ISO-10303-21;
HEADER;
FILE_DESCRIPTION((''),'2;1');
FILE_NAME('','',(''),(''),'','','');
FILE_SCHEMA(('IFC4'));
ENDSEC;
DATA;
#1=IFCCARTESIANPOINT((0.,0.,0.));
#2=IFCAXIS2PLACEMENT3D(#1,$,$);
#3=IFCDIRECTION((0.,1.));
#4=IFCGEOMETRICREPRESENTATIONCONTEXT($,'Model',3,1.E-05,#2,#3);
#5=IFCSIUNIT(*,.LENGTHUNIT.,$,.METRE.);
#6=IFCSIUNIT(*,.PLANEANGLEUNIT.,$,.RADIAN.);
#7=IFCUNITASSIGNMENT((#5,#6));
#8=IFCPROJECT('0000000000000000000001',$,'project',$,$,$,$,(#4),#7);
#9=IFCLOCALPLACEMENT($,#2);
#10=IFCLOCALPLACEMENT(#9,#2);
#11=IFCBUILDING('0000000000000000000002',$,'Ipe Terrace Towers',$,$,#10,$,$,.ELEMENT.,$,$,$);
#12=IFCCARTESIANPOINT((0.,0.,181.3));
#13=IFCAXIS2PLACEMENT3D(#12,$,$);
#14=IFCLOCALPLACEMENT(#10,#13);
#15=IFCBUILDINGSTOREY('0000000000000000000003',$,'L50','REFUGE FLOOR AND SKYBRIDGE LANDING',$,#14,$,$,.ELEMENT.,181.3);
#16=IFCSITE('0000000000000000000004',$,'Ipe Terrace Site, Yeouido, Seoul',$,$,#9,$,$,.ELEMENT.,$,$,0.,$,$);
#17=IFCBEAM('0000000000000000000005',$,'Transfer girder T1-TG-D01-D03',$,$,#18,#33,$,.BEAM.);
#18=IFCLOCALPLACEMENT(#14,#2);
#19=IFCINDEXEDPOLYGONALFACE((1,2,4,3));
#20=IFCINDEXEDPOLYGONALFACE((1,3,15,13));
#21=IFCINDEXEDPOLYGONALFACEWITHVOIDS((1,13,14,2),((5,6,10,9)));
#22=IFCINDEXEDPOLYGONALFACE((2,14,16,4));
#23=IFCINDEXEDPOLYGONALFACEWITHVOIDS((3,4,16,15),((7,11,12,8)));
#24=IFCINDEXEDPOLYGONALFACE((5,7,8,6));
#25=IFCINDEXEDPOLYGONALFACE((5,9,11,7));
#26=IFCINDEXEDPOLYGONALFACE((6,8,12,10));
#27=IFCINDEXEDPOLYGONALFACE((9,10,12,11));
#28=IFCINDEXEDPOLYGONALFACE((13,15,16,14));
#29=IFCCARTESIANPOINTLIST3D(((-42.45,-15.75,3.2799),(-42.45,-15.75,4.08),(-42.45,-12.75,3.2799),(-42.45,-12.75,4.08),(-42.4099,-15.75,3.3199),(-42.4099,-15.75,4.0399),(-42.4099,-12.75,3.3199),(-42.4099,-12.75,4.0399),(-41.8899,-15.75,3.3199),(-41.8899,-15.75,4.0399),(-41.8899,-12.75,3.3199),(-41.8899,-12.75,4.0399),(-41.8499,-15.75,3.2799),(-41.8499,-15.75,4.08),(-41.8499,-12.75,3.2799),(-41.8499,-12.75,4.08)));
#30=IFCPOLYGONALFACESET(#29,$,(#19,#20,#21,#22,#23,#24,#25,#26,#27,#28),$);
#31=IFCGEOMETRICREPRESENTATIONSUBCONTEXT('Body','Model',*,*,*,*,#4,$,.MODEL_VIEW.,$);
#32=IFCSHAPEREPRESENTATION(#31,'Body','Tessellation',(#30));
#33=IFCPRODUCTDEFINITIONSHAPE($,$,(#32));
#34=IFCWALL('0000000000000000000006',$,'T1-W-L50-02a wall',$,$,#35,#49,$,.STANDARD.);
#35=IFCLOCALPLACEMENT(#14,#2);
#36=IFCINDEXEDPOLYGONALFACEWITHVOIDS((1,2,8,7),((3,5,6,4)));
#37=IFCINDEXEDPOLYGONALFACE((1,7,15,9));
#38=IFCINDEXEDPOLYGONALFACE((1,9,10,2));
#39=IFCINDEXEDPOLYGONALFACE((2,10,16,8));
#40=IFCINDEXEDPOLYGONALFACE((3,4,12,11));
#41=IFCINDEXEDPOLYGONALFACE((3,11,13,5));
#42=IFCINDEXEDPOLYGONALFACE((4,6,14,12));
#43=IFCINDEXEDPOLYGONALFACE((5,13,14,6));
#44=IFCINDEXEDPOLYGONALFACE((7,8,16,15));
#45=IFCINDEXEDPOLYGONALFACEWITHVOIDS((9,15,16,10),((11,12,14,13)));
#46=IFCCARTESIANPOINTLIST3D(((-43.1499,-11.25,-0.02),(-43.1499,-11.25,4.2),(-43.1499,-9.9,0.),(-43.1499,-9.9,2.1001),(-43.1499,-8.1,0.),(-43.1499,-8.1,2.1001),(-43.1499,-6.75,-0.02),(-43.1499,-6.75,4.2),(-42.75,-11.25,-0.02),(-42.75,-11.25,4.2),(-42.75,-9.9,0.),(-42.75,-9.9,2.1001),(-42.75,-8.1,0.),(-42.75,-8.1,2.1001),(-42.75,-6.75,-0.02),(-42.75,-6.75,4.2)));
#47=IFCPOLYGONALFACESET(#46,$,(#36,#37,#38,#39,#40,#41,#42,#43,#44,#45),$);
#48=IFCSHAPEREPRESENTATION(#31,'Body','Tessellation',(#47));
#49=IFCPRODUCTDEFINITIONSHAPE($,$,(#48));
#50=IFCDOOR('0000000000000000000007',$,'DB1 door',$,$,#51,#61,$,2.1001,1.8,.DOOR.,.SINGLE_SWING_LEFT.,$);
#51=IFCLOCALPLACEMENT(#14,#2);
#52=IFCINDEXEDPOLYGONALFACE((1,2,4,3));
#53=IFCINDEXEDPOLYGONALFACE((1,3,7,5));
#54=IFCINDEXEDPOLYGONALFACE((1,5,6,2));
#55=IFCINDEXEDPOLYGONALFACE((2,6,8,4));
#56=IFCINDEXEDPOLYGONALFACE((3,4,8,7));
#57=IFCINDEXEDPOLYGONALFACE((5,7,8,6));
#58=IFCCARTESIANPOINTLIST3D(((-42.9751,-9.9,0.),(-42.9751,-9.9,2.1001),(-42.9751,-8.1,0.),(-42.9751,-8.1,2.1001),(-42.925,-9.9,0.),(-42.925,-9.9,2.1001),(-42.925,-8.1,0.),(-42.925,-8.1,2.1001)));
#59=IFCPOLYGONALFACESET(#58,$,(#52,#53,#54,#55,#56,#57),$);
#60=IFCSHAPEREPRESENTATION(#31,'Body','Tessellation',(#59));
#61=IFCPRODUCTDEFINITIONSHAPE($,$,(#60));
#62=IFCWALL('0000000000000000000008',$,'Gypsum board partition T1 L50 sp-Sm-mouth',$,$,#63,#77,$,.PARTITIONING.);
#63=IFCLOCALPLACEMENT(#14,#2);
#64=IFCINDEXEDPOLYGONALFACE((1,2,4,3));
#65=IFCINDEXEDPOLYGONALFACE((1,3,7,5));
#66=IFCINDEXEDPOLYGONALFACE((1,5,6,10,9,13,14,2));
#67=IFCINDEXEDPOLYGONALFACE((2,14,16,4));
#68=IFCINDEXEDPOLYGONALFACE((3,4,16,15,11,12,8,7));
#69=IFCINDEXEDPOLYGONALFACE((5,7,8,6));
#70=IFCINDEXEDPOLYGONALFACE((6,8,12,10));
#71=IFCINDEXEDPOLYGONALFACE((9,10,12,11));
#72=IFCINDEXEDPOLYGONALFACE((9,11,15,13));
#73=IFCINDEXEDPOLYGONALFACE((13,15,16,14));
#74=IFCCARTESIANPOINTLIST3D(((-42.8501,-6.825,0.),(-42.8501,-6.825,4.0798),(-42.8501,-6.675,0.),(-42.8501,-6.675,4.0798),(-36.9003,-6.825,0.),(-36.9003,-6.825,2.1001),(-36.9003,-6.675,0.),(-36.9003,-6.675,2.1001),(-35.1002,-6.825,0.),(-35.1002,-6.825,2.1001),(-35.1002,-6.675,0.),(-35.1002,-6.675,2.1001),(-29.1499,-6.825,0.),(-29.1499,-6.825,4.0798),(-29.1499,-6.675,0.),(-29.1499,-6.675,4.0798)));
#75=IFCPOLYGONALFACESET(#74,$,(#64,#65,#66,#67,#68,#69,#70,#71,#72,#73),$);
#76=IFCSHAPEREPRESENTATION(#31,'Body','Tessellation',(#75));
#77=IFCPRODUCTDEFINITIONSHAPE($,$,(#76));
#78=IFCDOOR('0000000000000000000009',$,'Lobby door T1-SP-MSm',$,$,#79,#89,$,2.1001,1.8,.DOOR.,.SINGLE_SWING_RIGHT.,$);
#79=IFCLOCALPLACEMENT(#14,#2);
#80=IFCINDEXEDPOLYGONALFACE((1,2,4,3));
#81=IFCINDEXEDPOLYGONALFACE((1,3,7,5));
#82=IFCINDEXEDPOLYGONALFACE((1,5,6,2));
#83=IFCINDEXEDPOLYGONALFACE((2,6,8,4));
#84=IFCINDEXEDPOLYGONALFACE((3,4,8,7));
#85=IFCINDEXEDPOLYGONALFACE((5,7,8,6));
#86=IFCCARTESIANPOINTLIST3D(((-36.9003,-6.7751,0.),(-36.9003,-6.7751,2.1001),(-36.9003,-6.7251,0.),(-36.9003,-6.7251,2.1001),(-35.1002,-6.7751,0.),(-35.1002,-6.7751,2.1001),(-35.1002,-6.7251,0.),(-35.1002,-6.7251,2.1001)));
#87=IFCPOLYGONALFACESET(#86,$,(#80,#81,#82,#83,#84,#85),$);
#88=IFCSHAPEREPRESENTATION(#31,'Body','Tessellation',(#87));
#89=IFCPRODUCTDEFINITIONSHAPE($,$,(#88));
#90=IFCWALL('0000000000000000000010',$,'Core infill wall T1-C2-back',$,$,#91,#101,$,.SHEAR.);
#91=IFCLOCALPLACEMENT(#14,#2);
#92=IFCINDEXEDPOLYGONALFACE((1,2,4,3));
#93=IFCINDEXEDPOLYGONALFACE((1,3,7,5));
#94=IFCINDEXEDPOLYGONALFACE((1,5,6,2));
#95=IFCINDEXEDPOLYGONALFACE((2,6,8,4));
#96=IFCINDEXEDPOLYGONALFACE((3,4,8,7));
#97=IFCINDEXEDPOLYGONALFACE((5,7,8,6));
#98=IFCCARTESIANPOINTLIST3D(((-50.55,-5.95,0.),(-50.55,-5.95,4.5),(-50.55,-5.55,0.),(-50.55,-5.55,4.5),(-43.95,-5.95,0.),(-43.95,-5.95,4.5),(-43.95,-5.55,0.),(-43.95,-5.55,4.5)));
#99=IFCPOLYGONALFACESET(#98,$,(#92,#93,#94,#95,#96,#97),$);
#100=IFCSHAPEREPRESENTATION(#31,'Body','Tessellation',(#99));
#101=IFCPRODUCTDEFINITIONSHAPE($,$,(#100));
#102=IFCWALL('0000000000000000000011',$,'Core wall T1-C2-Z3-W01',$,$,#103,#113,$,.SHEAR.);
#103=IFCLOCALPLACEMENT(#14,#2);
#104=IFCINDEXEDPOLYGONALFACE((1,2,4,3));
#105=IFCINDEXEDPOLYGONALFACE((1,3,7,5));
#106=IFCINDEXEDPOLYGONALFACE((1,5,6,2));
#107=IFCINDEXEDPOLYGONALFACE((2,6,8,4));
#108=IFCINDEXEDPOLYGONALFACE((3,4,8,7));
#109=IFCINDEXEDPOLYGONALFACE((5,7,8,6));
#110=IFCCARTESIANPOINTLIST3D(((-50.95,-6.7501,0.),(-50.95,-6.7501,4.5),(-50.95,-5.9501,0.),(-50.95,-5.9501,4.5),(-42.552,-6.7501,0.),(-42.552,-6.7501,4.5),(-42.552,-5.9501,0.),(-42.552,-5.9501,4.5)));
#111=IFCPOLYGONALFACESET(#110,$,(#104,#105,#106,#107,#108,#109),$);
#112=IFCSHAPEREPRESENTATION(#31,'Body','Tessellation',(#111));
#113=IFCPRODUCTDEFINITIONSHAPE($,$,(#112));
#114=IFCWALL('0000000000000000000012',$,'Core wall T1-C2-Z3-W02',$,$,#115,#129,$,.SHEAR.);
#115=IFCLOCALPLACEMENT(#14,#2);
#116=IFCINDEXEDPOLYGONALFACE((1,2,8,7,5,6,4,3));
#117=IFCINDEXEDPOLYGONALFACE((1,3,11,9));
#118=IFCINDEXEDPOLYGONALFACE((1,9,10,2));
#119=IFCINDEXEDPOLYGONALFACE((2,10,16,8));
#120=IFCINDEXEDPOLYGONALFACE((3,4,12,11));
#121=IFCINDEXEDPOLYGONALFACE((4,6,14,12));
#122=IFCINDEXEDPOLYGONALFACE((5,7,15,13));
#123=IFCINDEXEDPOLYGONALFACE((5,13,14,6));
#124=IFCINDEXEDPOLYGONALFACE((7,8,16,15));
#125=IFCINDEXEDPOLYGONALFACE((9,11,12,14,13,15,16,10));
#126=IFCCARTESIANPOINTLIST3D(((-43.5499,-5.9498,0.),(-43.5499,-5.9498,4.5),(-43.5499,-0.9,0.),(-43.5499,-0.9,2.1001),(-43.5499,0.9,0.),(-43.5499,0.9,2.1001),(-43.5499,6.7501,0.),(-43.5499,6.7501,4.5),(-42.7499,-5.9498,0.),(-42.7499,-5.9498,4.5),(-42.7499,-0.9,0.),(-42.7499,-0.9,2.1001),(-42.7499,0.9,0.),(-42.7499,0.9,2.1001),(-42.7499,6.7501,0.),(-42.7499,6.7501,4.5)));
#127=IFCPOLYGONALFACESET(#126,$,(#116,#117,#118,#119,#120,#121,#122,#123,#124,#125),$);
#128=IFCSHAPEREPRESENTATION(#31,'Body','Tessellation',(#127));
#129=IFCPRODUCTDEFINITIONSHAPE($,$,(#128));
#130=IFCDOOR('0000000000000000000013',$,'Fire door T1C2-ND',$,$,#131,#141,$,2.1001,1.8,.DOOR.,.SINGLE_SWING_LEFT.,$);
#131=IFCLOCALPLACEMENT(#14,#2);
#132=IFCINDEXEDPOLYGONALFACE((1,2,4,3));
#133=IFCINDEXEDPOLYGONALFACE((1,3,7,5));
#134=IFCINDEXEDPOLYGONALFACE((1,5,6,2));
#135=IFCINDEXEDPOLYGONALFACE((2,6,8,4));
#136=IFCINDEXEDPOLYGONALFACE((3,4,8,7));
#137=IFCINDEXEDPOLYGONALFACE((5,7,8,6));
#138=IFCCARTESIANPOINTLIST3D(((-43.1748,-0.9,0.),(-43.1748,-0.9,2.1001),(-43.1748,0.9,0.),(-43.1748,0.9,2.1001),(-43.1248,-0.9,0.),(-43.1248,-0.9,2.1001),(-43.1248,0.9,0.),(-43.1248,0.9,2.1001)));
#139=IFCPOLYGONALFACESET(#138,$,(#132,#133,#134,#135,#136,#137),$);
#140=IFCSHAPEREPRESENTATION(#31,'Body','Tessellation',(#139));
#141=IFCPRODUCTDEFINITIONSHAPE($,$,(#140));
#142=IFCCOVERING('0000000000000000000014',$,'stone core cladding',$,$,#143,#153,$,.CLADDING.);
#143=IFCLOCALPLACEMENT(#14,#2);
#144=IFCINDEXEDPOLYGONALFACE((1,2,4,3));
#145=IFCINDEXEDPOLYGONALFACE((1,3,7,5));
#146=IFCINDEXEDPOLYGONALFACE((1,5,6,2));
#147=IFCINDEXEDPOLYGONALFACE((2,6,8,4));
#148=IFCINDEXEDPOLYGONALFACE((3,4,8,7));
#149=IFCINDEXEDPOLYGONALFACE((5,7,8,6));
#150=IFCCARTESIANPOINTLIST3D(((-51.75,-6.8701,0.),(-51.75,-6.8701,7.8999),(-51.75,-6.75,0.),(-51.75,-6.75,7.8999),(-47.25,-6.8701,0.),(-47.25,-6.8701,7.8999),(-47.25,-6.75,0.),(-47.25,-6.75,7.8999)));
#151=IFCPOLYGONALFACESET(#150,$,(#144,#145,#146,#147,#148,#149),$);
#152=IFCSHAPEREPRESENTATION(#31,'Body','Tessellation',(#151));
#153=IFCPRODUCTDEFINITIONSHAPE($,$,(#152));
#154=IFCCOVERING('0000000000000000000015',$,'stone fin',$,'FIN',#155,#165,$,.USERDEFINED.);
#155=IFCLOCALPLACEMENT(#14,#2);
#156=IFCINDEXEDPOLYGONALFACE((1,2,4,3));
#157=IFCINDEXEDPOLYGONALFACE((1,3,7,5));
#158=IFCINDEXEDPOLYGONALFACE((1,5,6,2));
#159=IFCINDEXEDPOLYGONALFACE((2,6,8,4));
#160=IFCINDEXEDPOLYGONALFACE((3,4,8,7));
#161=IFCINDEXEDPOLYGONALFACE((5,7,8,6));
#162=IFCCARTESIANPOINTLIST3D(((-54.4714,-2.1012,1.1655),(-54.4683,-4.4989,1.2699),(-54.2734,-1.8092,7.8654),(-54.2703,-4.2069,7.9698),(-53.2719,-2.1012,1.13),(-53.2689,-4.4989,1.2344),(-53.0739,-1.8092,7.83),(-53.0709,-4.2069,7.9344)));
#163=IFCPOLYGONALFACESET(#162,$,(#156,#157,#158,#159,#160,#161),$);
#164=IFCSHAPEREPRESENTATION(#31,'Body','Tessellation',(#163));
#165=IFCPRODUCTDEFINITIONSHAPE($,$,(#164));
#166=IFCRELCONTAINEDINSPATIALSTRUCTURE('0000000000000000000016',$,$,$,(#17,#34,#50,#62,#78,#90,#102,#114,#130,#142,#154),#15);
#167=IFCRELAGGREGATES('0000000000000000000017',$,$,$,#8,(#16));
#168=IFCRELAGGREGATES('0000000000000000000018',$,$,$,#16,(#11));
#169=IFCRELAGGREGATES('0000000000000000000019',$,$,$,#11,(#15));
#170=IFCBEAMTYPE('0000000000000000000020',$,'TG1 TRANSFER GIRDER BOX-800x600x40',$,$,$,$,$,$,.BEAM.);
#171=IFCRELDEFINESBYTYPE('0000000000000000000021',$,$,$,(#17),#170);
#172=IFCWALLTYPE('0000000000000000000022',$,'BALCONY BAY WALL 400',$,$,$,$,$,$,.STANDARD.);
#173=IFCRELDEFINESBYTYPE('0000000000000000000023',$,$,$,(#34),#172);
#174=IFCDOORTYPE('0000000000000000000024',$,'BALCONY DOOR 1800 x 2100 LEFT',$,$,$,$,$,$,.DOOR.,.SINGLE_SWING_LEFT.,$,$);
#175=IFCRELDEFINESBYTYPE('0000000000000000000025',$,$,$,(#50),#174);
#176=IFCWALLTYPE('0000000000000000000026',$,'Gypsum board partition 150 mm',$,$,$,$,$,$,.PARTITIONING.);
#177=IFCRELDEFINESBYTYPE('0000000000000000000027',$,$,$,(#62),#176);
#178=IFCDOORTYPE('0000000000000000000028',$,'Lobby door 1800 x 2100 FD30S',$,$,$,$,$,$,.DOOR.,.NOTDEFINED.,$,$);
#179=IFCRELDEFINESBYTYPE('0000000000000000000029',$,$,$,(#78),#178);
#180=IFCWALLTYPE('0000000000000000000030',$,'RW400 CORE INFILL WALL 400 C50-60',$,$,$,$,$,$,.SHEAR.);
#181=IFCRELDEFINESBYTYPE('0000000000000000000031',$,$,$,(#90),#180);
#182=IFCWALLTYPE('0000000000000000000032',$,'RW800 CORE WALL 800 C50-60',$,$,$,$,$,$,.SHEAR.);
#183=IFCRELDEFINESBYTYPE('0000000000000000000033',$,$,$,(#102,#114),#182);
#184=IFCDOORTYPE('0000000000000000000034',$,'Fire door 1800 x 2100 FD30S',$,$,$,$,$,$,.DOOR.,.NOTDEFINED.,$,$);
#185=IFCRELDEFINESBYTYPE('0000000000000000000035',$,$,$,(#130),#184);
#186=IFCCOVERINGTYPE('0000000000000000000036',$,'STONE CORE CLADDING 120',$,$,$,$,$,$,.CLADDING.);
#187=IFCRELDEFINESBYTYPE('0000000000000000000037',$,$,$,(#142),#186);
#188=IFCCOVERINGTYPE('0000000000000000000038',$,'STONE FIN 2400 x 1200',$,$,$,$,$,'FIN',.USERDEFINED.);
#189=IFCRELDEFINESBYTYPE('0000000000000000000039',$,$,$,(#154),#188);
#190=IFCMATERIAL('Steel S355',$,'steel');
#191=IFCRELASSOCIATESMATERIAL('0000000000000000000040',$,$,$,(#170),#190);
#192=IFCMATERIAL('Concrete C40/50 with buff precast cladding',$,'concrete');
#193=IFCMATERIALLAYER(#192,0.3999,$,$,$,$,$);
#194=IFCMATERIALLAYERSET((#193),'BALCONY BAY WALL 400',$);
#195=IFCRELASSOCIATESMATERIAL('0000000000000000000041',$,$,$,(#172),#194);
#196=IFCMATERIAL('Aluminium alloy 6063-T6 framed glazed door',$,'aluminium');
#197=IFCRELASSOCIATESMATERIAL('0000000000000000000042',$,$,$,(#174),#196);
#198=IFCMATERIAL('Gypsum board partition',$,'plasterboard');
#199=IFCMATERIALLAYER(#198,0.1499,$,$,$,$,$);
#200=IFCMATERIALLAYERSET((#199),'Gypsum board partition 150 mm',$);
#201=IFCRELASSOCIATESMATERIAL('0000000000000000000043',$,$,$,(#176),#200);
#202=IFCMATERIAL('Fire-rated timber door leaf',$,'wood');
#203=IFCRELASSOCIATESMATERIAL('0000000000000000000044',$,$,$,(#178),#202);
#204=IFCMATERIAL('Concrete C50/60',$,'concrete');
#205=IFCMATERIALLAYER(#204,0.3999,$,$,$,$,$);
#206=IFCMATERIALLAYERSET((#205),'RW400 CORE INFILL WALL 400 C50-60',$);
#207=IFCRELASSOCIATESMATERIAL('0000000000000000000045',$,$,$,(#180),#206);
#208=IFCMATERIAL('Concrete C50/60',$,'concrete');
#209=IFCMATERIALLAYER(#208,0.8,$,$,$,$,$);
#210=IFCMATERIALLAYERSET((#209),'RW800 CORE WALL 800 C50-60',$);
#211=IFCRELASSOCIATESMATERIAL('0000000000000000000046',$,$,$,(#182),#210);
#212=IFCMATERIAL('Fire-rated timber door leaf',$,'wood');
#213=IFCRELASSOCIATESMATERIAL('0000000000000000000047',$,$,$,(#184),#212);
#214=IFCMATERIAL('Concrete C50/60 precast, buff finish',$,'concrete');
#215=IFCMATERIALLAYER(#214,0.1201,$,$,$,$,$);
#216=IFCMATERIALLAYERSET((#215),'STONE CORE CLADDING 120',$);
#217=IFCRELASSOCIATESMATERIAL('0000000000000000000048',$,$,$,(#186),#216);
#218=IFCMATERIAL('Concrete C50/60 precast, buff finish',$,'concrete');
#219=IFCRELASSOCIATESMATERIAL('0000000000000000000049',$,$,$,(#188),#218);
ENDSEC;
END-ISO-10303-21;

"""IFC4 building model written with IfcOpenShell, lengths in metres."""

from ifc_helpers import new_model, si_unit, direction, frame, frame_2d, origin, origin_2d, place, context, subcontext, project, spatial, rectangle, hollow_rectangle, extrude, material, layer, layer_set, material_profile, profile_set, type_object, element, fill, save


model = new_model("IFC4")

# Units and contexts
model_context = context("Model", 3, precision=1e-05, world=origin(), true_north=direction((0.0, 1.0)))
body_context = subcontext(model_context, "Body", "Model", "MODEL_VIEW")
ifc_project = project(units=[si_unit("LENGTHUNIT", "METRE"), si_unit("PLANEANGLEUNIT", "RADIAN")], contexts=[model_context])

# Site, building, storey
site_placement = place(None, origin())
site = spatial("IfcSite", under=ifc_project, at=site_placement, Name="Ipe Terrace Site, Yeouido, Seoul", CompositionType="ELEMENT", RefElevation=0.0)
building_placement = place(site_placement, origin())
building = spatial("IfcBuilding", under=site, at=building_placement, Name="Ipe Terrace Towers", CompositionType="ELEMENT")
storey_placement = place(building_placement, frame((0.0, 0.0, 181.3)))
storey = spatial("IfcBuildingStorey", under=building, at=storey_placement, Name="L50", Description="REFUGE FLOOR AND SKYBRIDGE LANDING", CompositionType="ELEMENT", Elevation=181.3)

# Beam
ifc_material_1 = material(Name="Steel S355", Category="steel")
ifc_material_profile_1 = material_profile(ifc_material_1, hollow_rectangle(XDim=0.6001, YDim=0.8, WallThickness=0.04, at=origin_2d()), Name="BOX-800x600x40")
ifc_profile_set_1 = profile_set([ifc_material_profile_1], Name="Steel S355")
beam_type = type_object("IfcBeamType", Name="TG1 TRANSFER GIRDER BOX-800x600x40", PredefinedType="BEAM", material=ifc_profile_set_1)
beam_1_placement = place(storey_placement, frame((-42.1499, -12.75, 3.6799), z_axis=(0.0, -1.0, 0.0), x_axis=(1.0, 0.0, 0.0)))
element("IfcBeam", 1, at=beam_1_placement, inside=storey, type_object=beam_type, Name="Transfer girder T1-TG-D01-D03", PredefinedType="BEAM", context=body_context, shape_type="SweptSolid", body=[
    extrude(hollow_rectangle(XDim=0.6001, YDim=0.8, WallThickness=0.04, at=origin_2d()), origin(), (0.0, 0.0, 1.0), 3.0),
])

# Walls, openings, doors
ifc_material_2 = material(Name="Concrete C40/50 with buff precast cladding", Category="concrete")
ifc_layer_1 = layer(ifc_material_2, 0.3999)
ifc_layer_set_1 = layer_set([ifc_layer_1], Name="BALCONY BAY WALL 400")
wall_type_1 = type_object("IfcWallType", Name="BALCONY BAY WALL 400", PredefinedType="STANDARD", material=ifc_layer_set_1)
wall_1_placement = place(storey_placement, frame((-42.95, -6.75, -0.02), z_axis=(0.0, 0.0, 1.0), x_axis=(0.0, -1.0, 0.0)))
wall_1 = element("IfcWall", 2, at=wall_1_placement, inside=storey, type_object=wall_type_1, Name="T1-W-L50-02a wall", PredefinedType="STANDARD", context=body_context, shape_type="SweptSolid", body=[
    extrude(rectangle(XDim=4.5, YDim=0.3999, at=frame_2d((2.25, 0.0))), origin(), (0.0, 0.0, 1.0), 4.22),
])
opening_1_placement = place(wall_1_placement, frame((1.3501, 0.0, 0.02)))
opening_1 = element("IfcOpeningElement", 3, at=opening_1_placement, cuts=wall_1, PredefinedType="OPENING", context=body_context, shape_type="SweptSolid", body=[
    extrude(rectangle(XDim=1.8, YDim=2.1001, at=frame_2d((0.8999, 1.05))), frame((0.0, 0.21, 0.0), z_axis=(0.0, -1.0, 0.0), x_axis=(1.0, 0.0, 0.0)), (0.0, 0.0, 1.0), 0.4199),
])
ifc_material_3 = material(Name="Aluminium alloy 6063-T6 framed glazed door", Category="aluminium")
door_type_1 = type_object("IfcDoorType", Name="BALCONY DOOR 1800 x 2100 LEFT", OperationType="SINGLE_SWING_LEFT", PredefinedType="DOOR", material=ifc_material_3)
door_1_placement = place(opening_1_placement, origin())
door_1 = element("IfcDoor", 4, at=door_1_placement, inside=storey, type_object=door_type_1, Name="DB1 door", OperationType="SINGLE_SWING_LEFT", OverallHeight=2.1001, OverallWidth=1.8, PredefinedType="DOOR", context=body_context, shape_type="SweptSolid", body=[
    extrude(rectangle(XDim=1.8, YDim=2.1001, at=frame_2d((0.8999, 1.05))), frame((0.0, 0.0249, 0.0), z_axis=(0.0, -1.0, 0.0), x_axis=(1.0, 0.0, 0.0)), (0.0, 0.0, 1.0), 0.05),
])
fill(opening_1, door_1)
ifc_material_4 = material(Name="Gypsum board partition", Category="plasterboard")
ifc_layer_2 = layer(ifc_material_4, 0.1499)
ifc_layer_set_2 = layer_set([ifc_layer_2], Name="Gypsum board partition 150 mm")
wall_type_2 = type_object("IfcWallType", Name="Gypsum board partition 150 mm", PredefinedType="PARTITIONING", material=ifc_layer_set_2)
wall_2_placement = place(storey_placement, frame((-42.8501, -6.75, 0.0), z_axis=(0.0, 0.0, 1.0), x_axis=(1.0, 0.0, 0.0)))
wall_2 = element("IfcWall", 5, at=wall_2_placement, inside=storey, type_object=wall_type_2, Name="Gypsum board partition T1 L50 sp-Sm-mouth", PredefinedType="PARTITIONING", context=body_context, shape_type="SweptSolid", body=[
    extrude(rectangle(XDim=13.7002, YDim=0.1499, at=frame_2d((6.8501, 0.0))), origin(), (0.0, 0.0, 1.0), 4.0798),
])
opening_2_placement = place(wall_2_placement, frame((5.95, 0.0, 0.0)))
opening_2 = element("IfcOpeningElement", 6, at=opening_2_placement, cuts=wall_2, PredefinedType="OPENING", context=body_context, shape_type="SweptSolid", body=[
    extrude(rectangle(XDim=1.8, YDim=2.1001, at=frame_2d((0.8999, 1.05))), frame((0.0, 0.085, 0.0), z_axis=(0.0, -1.0, 0.0), x_axis=(1.0, 0.0, 0.0)), (0.0, 0.0, 1.0), 0.1699),
])
ifc_material_5 = material(Name="Fire-rated timber door leaf", Category="wood")
door_type_2 = type_object("IfcDoorType", Name="Lobby door 1800 x 2100 FD30S", OperationType="NOTDEFINED", PredefinedType="DOOR", material=ifc_material_5)
door_2_placement = place(opening_2_placement, origin())
door_2 = element("IfcDoor", 7, at=door_2_placement, inside=storey, type_object=door_type_2, Name="Lobby door T1-SP-MSm", OperationType="SINGLE_SWING_RIGHT", OverallHeight=2.1001, OverallWidth=1.8, PredefinedType="DOOR", context=body_context, shape_type="SweptSolid", body=[
    extrude(rectangle(XDim=1.8, YDim=2.1001, at=frame_2d((0.8999, 1.05))), frame((0.0, 0.0249, 0.0), z_axis=(0.0, -1.0, 0.0), x_axis=(1.0, 0.0, 0.0)), (0.0, 0.0, 1.0), 0.05),
])
fill(opening_2, door_2)

# Walls
ifc_material_6 = material(Name="Concrete C50/60", Category="concrete")
ifc_layer_3 = layer(ifc_material_6, 0.3999)
ifc_layer_set_3 = layer_set([ifc_layer_3], Name="RW400 CORE INFILL WALL 400 C50-60")
wall_type_3 = type_object("IfcWallType", Name="RW400 CORE INFILL WALL 400 C50-60", PredefinedType="SHEAR", material=ifc_layer_set_3)
wall_3_placement = place(storey_placement, frame((-43.95, -5.75, 0.0), z_axis=(0.0, 0.0, 1.0), x_axis=(-1.0, 0.0, 0.0)))
element("IfcWall", 8, at=wall_3_placement, inside=storey, type_object=wall_type_3, Name="Core infill wall T1-C2-back", PredefinedType="SHEAR", context=body_context, shape_type="SweptSolid", body=[
    extrude(rectangle(XDim=6.6001, YDim=0.3999, at=frame_2d((3.3, 0.0))), origin(), (0.0, 0.0, 1.0), 4.5),
])
ifc_material_7 = material(Name="Concrete C50/60", Category="concrete")
ifc_layer_4 = layer(ifc_material_7, 0.8)
ifc_layer_set_4 = layer_set([ifc_layer_4], Name="RW800 CORE WALL 800 C50-60")
wall_type_4 = type_object("IfcWallType", Name="RW800 CORE WALL 800 C50-60", PredefinedType="SHEAR", material=ifc_layer_set_4)
wall_4_placement = place(storey_placement, frame((-50.95, -6.3501, 0.0), z_axis=(0.0, 0.0, 1.0), x_axis=(1.0, 0.0, 0.0)))
element("IfcWall", 9, at=wall_4_placement, inside=storey, type_object=wall_type_4, Name="Core wall T1-C2-Z3-W01", PredefinedType="SHEAR", context=body_context, shape_type="SweptSolid", body=[
    extrude(rectangle(XDim=8.3979, YDim=0.8, at=frame_2d((4.199, 0.0))), origin(), (0.0, 0.0, 1.0), 4.5),
])

# Wall, opening, door
wall_5_placement = place(storey_placement, frame((-43.1499, -5.95, 0.0), z_axis=(0.0, 0.0, 1.0), x_axis=(0.0, 1.0, 0.0)))
wall_5 = element("IfcWall", 10, at=wall_5_placement, inside=storey, type_object=wall_type_4, Name="Core wall T1-C2-Z3-W02", PredefinedType="SHEAR", context=body_context, shape_type="SweptSolid", body=[
    extrude(rectangle(XDim=12.7, YDim=0.8, at=frame_2d((6.3501, 0.0))), origin(), (0.0, 0.0, 1.0), 4.5),
])
opening_3_placement = place(wall_5_placement, frame((5.05, 0.0, 0.0)))
opening_3 = element("IfcOpeningElement", 11, at=opening_3_placement, cuts=wall_5, PredefinedType="OPENING", context=body_context, shape_type="SweptSolid", body=[
    extrude(rectangle(XDim=1.8, YDim=2.1001, at=frame_2d((0.8999, 1.05))), frame((0.0, 0.4102, 0.0), z_axis=(0.0, -1.0, 0.0), x_axis=(1.0, 0.0, 0.0)), (0.0, 0.0, 1.0), 0.8201),
])
ifc_material_8 = material(Name="Fire-rated timber door leaf", Category="wood")
door_type_3 = type_object("IfcDoorType", Name="Fire door 1800 x 2100 FD30S", OperationType="NOTDEFINED", PredefinedType="DOOR", material=ifc_material_8)
door_3_placement = place(opening_3_placement, origin())
door_3 = element("IfcDoor", 12, at=door_3_placement, inside=storey, type_object=door_type_3, Name="Fire door T1C2-ND", OperationType="SINGLE_SWING_LEFT", OverallHeight=2.1001, OverallWidth=1.8, PredefinedType="DOOR", context=body_context, shape_type="SweptSolid", body=[
    extrude(rectangle(XDim=1.8, YDim=2.1001, at=frame_2d((0.8999, 1.05))), frame((0.0, 0.0249, 0.0), z_axis=(0.0, -1.0, 0.0), x_axis=(1.0, 0.0, 0.0)), (0.0, 0.0, 1.0), 0.05),
])
fill(opening_3, door_3)

# Coverings
ifc_material_9 = material(Name="Concrete C50/60 precast, buff finish", Category="concrete")
ifc_layer_5 = layer(ifc_material_9, 0.1201)
ifc_layer_set_5 = layer_set([ifc_layer_5], Name="STONE CORE CLADDING 120")
covering_type_1 = type_object("IfcCoveringType", Name="STONE CORE CLADDING 120", PredefinedType="CLADDING", material=ifc_layer_set_5)
covering_1_placement = place(storey_placement, frame((-49.5, -6.8101, 0.0), z_axis=(0.0, 0.0, 1.0), x_axis=(1.0, 0.0, 0.0)))
element("IfcCovering", 13, at=covering_1_placement, inside=storey, type_object=covering_type_1, Name="stone core cladding", PredefinedType="CLADDING", context=body_context, shape_type="SweptSolid", body=[
    extrude(rectangle(XDim=4.5, YDim=0.1201, at=origin_2d()), origin(), (0.0, 0.0, 1.0), 7.8999),
])
ifc_material_10 = material(Name="Concrete C50/60 precast, buff finish", Category="concrete")
ifc_material_profile_2 = material_profile(ifc_material_10, rectangle(XDim=2.3999, YDim=1.2, at=origin_2d()), Name="STONE FIN 2400 x 1200")
ifc_profile_set_2 = profile_set([ifc_material_profile_2], Name="Concrete C50/60 precast, buff finish")
covering_type_2 = type_object("IfcCoveringType", Name="STONE FIN 2400 x 1200", ElementType="FIN", PredefinedType="USERDEFINED", material=ifc_profile_set_2)
covering_2_placement = place(storey_placement, frame((-53.8701, -3.3, 1.2), z_axis=(0.029511, 0.043521, 0.998617), x_axis=(0.001286, -0.999053, 0.043502)))
element("IfcCovering", 14, at=covering_2_placement, inside=storey, type_object=covering_type_2, Name="stone fin", ObjectType="FIN", PredefinedType="USERDEFINED", context=body_context, shape_type="SweptSolid", body=[
    extrude(rectangle(XDim=2.3999, YDim=1.2, at=origin_2d()), origin(), (0.0, 0.0, 1.0), 6.7092),
])

save(model, "model.ifc")
